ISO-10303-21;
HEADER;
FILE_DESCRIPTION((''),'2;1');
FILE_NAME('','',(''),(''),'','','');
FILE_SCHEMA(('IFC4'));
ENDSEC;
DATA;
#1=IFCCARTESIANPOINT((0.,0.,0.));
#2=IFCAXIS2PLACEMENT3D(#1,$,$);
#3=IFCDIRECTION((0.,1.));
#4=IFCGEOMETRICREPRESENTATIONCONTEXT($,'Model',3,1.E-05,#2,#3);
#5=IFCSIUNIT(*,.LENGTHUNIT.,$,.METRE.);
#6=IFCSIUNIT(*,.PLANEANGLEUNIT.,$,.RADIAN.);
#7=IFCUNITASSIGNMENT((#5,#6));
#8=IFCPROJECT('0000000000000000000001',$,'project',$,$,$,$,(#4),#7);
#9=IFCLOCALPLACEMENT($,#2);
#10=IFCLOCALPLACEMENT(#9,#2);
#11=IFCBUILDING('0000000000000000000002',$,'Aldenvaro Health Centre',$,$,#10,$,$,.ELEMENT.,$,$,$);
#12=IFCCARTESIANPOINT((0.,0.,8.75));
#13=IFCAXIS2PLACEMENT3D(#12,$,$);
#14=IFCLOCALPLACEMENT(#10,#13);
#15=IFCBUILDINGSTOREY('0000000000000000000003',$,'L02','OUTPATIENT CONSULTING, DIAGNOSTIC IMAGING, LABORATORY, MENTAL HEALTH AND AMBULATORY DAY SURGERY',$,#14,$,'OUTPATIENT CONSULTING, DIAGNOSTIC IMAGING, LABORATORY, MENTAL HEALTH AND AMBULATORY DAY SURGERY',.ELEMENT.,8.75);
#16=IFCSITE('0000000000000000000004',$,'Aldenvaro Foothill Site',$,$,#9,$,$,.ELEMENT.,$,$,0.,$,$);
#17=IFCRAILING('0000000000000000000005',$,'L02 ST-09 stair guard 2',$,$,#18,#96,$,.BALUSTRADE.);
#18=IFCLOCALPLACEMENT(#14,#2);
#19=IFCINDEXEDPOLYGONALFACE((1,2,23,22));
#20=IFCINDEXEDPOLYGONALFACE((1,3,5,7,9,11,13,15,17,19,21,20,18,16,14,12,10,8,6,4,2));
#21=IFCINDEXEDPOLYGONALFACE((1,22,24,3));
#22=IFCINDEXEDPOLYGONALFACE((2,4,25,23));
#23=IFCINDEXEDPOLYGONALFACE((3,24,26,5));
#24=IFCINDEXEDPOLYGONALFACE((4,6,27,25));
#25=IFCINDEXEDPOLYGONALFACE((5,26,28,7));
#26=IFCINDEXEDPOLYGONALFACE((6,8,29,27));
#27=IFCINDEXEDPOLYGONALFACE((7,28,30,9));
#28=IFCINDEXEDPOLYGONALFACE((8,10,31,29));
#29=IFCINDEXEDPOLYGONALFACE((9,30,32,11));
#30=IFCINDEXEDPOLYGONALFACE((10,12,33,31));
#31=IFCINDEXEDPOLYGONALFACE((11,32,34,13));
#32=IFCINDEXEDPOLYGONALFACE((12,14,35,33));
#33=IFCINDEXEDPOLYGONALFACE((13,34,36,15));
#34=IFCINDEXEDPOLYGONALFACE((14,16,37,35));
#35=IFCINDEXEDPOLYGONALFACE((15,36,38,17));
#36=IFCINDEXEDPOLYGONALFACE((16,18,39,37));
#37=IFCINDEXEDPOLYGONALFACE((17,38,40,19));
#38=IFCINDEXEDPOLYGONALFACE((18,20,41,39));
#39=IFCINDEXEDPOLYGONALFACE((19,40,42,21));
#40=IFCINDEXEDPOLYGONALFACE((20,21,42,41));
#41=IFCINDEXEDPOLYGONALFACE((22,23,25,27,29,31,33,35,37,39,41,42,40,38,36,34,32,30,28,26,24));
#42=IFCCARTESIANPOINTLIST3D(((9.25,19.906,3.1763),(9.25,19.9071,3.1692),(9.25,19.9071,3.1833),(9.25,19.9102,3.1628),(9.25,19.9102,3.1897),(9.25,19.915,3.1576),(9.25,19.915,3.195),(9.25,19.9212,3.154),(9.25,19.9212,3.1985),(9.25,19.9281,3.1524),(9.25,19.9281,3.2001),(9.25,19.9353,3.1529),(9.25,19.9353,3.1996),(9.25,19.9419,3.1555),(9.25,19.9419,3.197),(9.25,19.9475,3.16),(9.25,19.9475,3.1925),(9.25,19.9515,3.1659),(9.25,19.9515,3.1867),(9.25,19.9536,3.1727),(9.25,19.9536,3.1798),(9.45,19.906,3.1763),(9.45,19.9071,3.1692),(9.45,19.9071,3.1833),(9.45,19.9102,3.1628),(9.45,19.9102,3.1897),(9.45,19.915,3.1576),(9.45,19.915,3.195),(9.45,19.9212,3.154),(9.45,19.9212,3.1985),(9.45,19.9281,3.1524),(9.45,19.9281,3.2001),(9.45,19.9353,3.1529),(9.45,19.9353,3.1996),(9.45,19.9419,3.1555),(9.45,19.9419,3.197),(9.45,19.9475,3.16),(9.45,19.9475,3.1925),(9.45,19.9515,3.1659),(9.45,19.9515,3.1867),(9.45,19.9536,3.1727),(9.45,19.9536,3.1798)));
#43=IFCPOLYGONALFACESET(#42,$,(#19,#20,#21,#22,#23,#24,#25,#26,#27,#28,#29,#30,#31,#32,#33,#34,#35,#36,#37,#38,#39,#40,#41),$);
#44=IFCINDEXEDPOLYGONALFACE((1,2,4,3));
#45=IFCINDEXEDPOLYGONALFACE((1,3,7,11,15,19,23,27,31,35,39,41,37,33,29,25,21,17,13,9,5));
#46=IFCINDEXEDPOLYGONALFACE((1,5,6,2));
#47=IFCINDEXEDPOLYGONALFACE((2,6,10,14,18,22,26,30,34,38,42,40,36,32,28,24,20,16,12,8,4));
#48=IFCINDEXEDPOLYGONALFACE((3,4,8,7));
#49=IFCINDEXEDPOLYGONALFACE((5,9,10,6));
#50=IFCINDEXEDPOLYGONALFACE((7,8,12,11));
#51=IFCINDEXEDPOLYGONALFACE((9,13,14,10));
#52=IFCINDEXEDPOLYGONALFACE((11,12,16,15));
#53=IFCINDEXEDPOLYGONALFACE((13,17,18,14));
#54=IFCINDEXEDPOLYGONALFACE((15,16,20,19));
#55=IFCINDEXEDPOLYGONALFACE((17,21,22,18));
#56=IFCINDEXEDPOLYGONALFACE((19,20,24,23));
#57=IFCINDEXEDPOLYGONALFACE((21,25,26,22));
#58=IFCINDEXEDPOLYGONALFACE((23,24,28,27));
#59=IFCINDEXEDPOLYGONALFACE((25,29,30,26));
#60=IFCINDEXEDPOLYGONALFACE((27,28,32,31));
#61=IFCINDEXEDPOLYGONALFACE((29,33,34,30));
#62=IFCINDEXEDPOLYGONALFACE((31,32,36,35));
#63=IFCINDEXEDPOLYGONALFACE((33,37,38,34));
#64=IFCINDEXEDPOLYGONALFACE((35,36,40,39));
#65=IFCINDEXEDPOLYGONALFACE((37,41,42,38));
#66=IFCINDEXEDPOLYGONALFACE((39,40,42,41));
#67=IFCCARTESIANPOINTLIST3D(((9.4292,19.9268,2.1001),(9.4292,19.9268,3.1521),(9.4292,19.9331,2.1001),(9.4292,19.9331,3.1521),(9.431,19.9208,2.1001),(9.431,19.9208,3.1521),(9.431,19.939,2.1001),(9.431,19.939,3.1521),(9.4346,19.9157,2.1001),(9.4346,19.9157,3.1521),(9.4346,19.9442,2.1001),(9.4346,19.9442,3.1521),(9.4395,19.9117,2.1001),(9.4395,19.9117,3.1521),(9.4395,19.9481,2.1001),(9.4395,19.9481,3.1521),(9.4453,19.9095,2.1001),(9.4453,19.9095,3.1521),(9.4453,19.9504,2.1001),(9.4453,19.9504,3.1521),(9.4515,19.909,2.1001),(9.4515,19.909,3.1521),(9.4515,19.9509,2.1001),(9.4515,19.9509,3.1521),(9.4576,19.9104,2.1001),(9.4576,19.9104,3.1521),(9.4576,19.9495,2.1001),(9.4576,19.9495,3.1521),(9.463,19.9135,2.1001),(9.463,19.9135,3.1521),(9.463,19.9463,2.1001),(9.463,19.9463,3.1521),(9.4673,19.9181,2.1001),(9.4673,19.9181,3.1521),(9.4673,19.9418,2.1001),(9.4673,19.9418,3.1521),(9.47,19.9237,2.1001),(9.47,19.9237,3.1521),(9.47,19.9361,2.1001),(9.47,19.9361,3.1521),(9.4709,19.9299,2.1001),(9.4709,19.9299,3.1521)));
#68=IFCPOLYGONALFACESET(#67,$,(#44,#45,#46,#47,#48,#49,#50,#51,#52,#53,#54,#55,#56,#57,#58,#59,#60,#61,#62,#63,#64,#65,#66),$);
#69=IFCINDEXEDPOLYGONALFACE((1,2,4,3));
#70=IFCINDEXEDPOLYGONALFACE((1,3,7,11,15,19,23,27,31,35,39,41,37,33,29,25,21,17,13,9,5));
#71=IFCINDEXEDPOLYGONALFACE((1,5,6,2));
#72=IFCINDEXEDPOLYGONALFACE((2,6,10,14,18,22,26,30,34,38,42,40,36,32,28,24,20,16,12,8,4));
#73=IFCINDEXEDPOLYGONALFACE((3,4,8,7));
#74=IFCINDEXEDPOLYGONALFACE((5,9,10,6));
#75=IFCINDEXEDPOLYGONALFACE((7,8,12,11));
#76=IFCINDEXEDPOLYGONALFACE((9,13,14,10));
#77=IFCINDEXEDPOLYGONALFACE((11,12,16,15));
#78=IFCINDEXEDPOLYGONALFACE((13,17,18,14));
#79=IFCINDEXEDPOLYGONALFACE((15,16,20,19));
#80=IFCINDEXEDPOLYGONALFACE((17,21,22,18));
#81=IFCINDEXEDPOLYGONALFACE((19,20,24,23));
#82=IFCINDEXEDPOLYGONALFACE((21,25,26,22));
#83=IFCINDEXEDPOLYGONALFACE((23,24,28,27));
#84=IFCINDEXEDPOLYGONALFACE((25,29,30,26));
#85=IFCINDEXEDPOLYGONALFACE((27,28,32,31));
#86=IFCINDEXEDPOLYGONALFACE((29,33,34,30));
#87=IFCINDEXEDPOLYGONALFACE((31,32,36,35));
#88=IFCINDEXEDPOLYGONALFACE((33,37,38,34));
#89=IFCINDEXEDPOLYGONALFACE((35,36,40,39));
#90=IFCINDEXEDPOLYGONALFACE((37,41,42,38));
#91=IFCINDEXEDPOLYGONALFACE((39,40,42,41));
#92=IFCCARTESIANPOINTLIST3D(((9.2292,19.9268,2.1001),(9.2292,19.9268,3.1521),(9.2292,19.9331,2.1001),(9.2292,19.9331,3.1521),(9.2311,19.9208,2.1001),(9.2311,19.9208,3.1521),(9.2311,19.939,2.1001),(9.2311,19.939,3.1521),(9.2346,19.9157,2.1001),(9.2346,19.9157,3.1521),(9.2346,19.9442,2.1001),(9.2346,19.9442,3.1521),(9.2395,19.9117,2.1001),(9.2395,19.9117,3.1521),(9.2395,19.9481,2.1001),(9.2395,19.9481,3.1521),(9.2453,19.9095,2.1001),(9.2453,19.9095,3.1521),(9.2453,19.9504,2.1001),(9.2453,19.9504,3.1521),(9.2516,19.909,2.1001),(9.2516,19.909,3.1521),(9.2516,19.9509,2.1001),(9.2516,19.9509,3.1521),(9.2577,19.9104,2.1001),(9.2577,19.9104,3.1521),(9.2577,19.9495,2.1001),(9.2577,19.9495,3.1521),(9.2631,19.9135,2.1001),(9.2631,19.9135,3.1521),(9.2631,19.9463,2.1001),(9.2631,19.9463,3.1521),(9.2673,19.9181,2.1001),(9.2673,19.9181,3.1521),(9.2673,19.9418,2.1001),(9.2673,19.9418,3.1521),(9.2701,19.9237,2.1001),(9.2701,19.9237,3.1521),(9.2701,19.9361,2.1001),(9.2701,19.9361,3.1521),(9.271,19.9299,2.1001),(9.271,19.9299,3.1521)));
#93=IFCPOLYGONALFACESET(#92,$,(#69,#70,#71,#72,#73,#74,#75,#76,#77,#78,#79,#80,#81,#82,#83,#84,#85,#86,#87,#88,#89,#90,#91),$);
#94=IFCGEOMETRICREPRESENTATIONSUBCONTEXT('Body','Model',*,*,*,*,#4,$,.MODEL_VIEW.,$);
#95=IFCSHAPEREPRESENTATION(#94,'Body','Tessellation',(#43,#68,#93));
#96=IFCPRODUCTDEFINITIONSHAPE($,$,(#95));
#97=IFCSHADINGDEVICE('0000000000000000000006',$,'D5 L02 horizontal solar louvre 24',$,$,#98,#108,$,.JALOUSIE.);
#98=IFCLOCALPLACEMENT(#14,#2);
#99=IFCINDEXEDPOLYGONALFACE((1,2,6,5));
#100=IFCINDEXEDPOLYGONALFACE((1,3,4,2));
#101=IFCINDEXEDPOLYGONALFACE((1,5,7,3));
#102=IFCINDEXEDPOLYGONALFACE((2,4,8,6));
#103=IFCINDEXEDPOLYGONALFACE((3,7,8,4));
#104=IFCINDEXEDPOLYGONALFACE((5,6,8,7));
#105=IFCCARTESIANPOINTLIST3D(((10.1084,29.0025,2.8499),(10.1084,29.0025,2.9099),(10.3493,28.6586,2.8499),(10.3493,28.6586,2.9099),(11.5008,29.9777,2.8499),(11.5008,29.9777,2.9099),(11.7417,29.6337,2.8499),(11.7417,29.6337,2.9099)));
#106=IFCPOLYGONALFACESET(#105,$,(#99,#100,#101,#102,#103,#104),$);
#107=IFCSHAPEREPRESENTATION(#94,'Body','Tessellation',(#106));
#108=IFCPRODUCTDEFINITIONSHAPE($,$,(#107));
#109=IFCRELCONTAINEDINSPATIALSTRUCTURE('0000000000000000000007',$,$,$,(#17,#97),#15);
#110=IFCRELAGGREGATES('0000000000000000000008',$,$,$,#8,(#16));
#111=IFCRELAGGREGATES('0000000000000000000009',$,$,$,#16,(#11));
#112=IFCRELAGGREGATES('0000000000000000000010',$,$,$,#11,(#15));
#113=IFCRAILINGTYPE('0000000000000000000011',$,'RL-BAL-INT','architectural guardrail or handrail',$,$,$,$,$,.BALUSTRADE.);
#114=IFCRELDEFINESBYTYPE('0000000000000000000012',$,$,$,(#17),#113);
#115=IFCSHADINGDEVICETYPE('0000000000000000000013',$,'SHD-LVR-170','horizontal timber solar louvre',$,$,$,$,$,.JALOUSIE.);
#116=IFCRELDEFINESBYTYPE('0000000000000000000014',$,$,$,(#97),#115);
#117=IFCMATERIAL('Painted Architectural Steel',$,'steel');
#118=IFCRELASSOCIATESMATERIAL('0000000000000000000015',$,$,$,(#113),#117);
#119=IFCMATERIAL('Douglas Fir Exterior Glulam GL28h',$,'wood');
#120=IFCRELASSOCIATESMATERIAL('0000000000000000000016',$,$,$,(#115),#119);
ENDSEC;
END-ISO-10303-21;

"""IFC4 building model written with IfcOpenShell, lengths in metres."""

from ifc_helpers import new_model, si_unit, direction, frame, origin, origin_2d, place, context, subcontext, project, spatial, rectangle, circle, extrude, material, type_object, element, save


model = new_model("IFC4")

# Units and contexts
model_context = context("Model", 3, precision=1e-05, world=origin(), true_north=direction((0.0, 1.0)))
body_context = subcontext(model_context, "Body", "Model", "MODEL_VIEW")
ifc_project = project(units=[si_unit("LENGTHUNIT", "METRE"), si_unit("PLANEANGLEUNIT", "RADIAN")], contexts=[model_context])

# Site, building, storey
site_placement = place(None, origin())
site = spatial("IfcSite", under=ifc_project, at=site_placement, Name="Aldenvaro Foothill Site", CompositionType="ELEMENT", RefElevation=0.0)
building_placement = place(site_placement, origin())
building = spatial("IfcBuilding", under=site, at=building_placement, Name="Aldenvaro Health Centre", CompositionType="ELEMENT")
storey_placement = place(building_placement, frame((0.0, 0.0, 8.75)))
storey = spatial("IfcBuildingStorey", under=building, at=storey_placement, Name="L02", Description="OUTPATIENT CONSULTING, DIAGNOSTIC IMAGING, LABORATORY, MENTAL HEALTH AND AMBULATORY DAY SURGERY", LongName="OUTPATIENT CONSULTING, DIAGNOSTIC IMAGING, LABORATORY, MENTAL HEALTH AND AMBULATORY DAY SURGERY", CompositionType="ELEMENT", Elevation=8.75)

# Railing
ifc_material_1 = material(Name="Painted Architectural Steel", Category="steel")
railing_type = type_object("IfcRailingType", Name="RL-BAL-INT", Description="architectural guardrail or handrail", PredefinedType="BALUSTRADE", material=ifc_material_1)
railing_placement = place(storey_placement, frame((9.45, 19.9299, 2.1001)))
element("IfcRailing", 1, at=railing_placement, inside=storey, type_object=railing_type, Name="L02 ST-09 stair guard 2", PredefinedType="BALUSTRADE", context=body_context, shape_type="SweptSolid", body=[
    extrude(circle(Radius=0.0239, at=origin_2d()), frame((0.0, 0.0, 1.0762), z_axis=(-1.0, 0.0, 0.0), x_axis=(0.0, -1.0, 0.0)), (0.0, 0.0, 1.0), 0.2),
    extrude(circle(Radius=0.021, at=origin_2d()), origin(), (0.0, 0.0, 1.0), 1.052),
    extrude(circle(Radius=0.021, at=origin_2d()), frame((-0.2, 0.0, 0.0)), (0.0, 0.0, 1.0), 1.052),
])

# Shading device
ifc_material_2 = material(Name="Douglas Fir Exterior Glulam GL28h", Category="wood")
shading_device_type = type_object("IfcShadingDeviceType", Name="SHD-LVR-170", Description="horizontal timber solar louvre", PredefinedType="JALOUSIE", material=ifc_material_2)
shading_device_placement = place(storey_placement, frame((10.925, 29.3181, 2.8499), z_axis=(0.0, 0.0, 1.0), x_axis=(0.819107, 0.573641, 0.0)))
element("IfcShadingDevice", 2, at=shading_device_placement, inside=storey, type_object=shading_device_type, Name="D5 L02 horizontal solar louvre 24", PredefinedType="JALOUSIE", context=body_context, shape_type="SweptSolid", body=[
    extrude(rectangle(XDim=1.7, YDim=0.4199, at=origin_2d()), origin(), (0.0, 0.0, 1.0), 0.0601),
])

save(model, "model.ifc")
